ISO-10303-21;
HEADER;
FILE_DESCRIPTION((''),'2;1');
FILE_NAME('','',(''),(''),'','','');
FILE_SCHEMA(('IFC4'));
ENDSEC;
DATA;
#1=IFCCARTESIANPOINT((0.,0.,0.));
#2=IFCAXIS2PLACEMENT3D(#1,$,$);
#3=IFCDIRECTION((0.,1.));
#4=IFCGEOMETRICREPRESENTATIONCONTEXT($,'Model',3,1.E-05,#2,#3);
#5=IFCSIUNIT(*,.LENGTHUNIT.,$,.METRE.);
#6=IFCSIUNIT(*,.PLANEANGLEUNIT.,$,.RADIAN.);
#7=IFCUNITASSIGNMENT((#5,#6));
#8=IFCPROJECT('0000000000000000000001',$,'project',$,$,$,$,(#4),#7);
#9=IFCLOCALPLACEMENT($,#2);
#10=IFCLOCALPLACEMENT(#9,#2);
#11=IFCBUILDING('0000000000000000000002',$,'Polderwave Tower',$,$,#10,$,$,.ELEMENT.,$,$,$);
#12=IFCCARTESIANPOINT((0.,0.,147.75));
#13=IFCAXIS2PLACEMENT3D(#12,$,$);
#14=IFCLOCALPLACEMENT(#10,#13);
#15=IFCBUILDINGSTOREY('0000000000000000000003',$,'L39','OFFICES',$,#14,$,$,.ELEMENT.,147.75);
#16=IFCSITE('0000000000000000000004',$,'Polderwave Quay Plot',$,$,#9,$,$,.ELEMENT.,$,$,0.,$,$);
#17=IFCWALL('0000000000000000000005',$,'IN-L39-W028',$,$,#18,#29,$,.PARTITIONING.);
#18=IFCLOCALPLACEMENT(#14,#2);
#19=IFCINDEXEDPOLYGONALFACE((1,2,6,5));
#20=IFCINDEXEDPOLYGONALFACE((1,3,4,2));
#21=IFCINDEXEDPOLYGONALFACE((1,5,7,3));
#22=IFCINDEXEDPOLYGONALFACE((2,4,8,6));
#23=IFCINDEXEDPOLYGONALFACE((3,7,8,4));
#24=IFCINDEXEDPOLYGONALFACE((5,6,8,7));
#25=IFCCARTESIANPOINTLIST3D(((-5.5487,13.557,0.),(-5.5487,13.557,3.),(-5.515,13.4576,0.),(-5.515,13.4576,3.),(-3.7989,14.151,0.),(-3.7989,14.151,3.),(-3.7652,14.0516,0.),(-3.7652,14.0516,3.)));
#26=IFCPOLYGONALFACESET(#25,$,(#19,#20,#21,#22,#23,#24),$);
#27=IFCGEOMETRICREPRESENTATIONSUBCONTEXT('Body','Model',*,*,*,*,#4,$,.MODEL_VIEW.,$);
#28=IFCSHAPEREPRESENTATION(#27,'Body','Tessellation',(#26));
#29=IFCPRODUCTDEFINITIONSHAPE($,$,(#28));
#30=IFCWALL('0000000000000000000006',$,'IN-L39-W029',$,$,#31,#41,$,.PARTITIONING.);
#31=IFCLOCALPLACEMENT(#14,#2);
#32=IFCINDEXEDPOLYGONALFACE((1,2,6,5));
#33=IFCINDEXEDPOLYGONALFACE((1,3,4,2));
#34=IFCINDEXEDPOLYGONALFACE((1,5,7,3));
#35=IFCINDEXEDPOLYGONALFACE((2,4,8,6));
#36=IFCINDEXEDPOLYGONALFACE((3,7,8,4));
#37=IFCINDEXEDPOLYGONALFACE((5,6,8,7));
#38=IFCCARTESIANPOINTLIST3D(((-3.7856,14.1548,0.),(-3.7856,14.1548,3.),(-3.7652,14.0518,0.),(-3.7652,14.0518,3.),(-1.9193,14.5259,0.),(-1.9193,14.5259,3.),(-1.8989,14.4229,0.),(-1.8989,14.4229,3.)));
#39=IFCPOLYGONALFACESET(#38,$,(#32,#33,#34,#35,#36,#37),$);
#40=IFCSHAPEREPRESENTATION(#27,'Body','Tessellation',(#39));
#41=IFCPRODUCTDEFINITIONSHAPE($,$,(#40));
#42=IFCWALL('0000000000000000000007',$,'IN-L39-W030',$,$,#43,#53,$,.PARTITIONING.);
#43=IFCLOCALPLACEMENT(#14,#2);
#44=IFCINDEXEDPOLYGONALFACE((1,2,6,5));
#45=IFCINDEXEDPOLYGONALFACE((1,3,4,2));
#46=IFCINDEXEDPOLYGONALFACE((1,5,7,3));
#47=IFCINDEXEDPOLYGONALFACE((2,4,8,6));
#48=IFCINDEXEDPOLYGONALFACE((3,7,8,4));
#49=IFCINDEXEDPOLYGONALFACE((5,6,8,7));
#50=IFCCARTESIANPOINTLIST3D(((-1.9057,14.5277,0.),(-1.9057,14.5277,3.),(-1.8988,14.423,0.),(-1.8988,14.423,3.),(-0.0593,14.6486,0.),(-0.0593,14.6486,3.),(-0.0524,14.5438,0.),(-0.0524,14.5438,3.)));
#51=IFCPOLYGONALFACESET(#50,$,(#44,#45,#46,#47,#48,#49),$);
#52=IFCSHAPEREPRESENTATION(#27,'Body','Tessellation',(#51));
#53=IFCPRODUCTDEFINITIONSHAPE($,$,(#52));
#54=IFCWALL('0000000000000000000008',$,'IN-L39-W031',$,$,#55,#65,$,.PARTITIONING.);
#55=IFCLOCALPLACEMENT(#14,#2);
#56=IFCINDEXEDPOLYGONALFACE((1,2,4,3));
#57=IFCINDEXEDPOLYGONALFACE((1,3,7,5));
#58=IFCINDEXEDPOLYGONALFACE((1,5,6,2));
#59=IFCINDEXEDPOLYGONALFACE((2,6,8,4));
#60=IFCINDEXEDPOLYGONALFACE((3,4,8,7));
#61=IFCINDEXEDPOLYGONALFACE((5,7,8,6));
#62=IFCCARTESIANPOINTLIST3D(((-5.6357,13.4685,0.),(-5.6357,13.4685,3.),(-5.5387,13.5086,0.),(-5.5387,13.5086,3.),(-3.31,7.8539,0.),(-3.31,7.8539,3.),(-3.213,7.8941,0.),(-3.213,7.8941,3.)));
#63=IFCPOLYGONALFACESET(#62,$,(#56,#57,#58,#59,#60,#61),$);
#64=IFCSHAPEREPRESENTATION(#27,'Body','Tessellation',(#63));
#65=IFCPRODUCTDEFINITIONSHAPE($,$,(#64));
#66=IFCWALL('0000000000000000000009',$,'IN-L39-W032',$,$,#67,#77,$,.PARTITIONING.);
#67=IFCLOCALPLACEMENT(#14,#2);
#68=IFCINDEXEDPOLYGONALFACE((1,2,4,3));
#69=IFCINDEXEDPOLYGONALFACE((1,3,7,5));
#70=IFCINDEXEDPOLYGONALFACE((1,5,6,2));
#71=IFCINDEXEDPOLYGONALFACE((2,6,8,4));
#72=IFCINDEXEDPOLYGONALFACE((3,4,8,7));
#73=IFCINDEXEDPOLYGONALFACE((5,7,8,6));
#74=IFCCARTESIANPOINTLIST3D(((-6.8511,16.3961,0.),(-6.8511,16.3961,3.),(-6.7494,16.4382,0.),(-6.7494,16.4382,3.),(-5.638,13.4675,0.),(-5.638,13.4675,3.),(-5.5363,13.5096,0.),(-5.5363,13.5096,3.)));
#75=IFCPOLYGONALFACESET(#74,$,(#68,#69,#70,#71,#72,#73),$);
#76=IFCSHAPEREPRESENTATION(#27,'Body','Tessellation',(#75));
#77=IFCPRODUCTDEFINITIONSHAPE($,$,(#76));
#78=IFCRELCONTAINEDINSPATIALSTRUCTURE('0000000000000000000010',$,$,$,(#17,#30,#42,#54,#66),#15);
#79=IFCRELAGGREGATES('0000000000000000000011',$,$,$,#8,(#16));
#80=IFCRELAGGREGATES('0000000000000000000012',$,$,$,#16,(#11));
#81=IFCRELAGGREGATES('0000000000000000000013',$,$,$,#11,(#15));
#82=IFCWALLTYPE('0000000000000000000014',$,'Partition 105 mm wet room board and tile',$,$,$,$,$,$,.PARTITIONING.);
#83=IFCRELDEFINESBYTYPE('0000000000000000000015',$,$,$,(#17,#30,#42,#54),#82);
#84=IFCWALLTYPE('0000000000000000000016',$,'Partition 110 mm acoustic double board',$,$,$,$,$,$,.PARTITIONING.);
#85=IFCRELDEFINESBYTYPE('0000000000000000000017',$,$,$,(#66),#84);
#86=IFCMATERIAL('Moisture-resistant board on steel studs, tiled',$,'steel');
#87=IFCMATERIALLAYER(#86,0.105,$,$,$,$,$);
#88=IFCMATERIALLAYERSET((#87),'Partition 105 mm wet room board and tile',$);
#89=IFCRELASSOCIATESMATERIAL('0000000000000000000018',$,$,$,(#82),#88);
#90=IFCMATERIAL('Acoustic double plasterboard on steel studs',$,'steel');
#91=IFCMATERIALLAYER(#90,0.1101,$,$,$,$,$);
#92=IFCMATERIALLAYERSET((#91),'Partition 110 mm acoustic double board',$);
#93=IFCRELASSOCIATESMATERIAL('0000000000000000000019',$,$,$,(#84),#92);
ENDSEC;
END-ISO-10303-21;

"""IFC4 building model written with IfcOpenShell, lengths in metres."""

from ifc_helpers import new_model, si_unit, direction, frame, frame_2d, origin, place, context, subcontext, project, spatial, rectangle, extrude, material, layer, layer_set, type_object, element, save


model = new_model("IFC4")

# Units and contexts
model_context = context("Model", 3, precision=1e-05, world=origin(), true_north=direction((0.0, 1.0)))
body_context = subcontext(model_context, "Body", "Model", "MODEL_VIEW")
ifc_project = project(units=[si_unit("LENGTHUNIT", "METRE"), si_unit("PLANEANGLEUNIT", "RADIAN")], contexts=[model_context])

# Site, building, storey
site_placement = place(None, origin())
site = spatial("IfcSite", under=ifc_project, at=site_placement, Name="Polderwave Quay Plot", CompositionType="ELEMENT", RefElevation=0.0)
building_placement = place(site_placement, origin())
building = spatial("IfcBuilding", under=site, at=building_placement, Name="Polderwave Tower", CompositionType="ELEMENT")
storey_placement = place(building_placement, frame((0.0, 0.0, 147.75)))
storey = spatial("IfcBuildingStorey", under=building, at=storey_placement, Name="L39", Description="OFFICES", CompositionType="ELEMENT", Elevation=147.75)

# Walls
ifc_material_1 = material(Name="Moisture-resistant board on steel studs, tiled", Category="steel")
ifc_layer_1 = layer(ifc_material_1, 0.105)
ifc_layer_set_1 = layer_set([ifc_layer_1], Name="Partition 105 mm wet room board and tile")
wall_type_1 = type_object("IfcWallType", Name="Partition 105 mm wet room board and tile", PredefinedType="PARTITIONING", material=ifc_layer_set_1)
wall_1_placement = place(storey_placement, frame((-5.5317, 13.5073, 0.0), z_axis=(0.0, 0.0, 1.0), x_axis=(0.946925, 0.321455, 0.0)))
element("IfcWall", 1, at=wall_1_placement, inside=storey, type_object=wall_type_1, Name="IN-L39-W028", PredefinedType="PARTITIONING", context=body_context, shape_type="SweptSolid", body=[
    extrude(rectangle(XDim=1.8479, YDim=0.105, at=frame_2d((0.9238, 0.0))), origin(), (0.0, 0.0, 1.0), 3.0),
])
wall_2_placement = place(storey_placement, frame((-3.7754, 14.1033, 0.0), z_axis=(0.0, 0.0, 1.0), x_axis=(0.980797, 0.19503, 0.0)))
element("IfcWall", 2, at=wall_2_placement, inside=storey, type_object=wall_type_1, Name="IN-L39-W029", PredefinedType="PARTITIONING", context=body_context, shape_type="SweptSolid", body=[
    extrude(rectangle(XDim=1.9028, YDim=0.105, at=frame_2d((0.9514, 0.0))), origin(), (0.0, 0.0, 1.0), 3.0),
])
wall_3_placement = place(storey_placement, frame((-1.9023, 14.4753, 0.0), z_axis=(0.0, 0.0, 1.0), x_axis=(0.997865, 0.06531, 0.0)))
element("IfcWall", 3, at=wall_3_placement, inside=storey, type_object=wall_type_1, Name="IN-L39-W030", PredefinedType="PARTITIONING", context=body_context, shape_type="SweptSolid", body=[
    extrude(rectangle(XDim=1.8503, YDim=0.105, at=frame_2d((0.9253, 0.0))), origin(), (0.0, 0.0, 1.0), 3.0),
])
wall_4_placement = place(storey_placement, frame((-3.2615, 7.874, 0.0), z_axis=(0.0, 0.0, 1.0), x_axis=(-0.382695, 0.923875, 0.0)))
element("IfcWall", 4, at=wall_4_placement, inside=storey, type_object=wall_type_1, Name="IN-L39-W031", PredefinedType="PARTITIONING", context=body_context, shape_type="SweptSolid", body=[
    extrude(rectangle(XDim=6.0771, YDim=0.105, at=frame_2d((3.0386, 0.0))), origin(), (0.0, 0.0, 1.0), 3.0),
])
ifc_material_2 = material(Name="Acoustic double plasterboard on steel studs", Category="steel")
ifc_layer_2 = layer(ifc_material_2, 0.1101)
ifc_layer_set_2 = layer_set([ifc_layer_2], Name="Partition 110 mm acoustic double board")
wall_type_2 = type_object("IfcWallType", Name="Partition 110 mm acoustic double board", PredefinedType="PARTITIONING", material=ifc_layer_set_2)
wall_5_placement = place(storey_placement, frame((-5.5872, 13.4885, 0.0), z_axis=(0.0, 0.0, 1.0), x_axis=(-0.38269, 0.923877, 0.0)))
element("IfcWall", 5, at=wall_5_placement, inside=storey, type_object=wall_type_2, Name="IN-L39-W032", PredefinedType="PARTITIONING", context=body_context, shape_type="SweptSolid", body=[
    extrude(rectangle(XDim=3.1699, YDim=0.1101, at=frame_2d((1.585, 0.0))), origin(), (0.0, 0.0, 1.0), 3.0),
])

save(model, "model.ifc")
